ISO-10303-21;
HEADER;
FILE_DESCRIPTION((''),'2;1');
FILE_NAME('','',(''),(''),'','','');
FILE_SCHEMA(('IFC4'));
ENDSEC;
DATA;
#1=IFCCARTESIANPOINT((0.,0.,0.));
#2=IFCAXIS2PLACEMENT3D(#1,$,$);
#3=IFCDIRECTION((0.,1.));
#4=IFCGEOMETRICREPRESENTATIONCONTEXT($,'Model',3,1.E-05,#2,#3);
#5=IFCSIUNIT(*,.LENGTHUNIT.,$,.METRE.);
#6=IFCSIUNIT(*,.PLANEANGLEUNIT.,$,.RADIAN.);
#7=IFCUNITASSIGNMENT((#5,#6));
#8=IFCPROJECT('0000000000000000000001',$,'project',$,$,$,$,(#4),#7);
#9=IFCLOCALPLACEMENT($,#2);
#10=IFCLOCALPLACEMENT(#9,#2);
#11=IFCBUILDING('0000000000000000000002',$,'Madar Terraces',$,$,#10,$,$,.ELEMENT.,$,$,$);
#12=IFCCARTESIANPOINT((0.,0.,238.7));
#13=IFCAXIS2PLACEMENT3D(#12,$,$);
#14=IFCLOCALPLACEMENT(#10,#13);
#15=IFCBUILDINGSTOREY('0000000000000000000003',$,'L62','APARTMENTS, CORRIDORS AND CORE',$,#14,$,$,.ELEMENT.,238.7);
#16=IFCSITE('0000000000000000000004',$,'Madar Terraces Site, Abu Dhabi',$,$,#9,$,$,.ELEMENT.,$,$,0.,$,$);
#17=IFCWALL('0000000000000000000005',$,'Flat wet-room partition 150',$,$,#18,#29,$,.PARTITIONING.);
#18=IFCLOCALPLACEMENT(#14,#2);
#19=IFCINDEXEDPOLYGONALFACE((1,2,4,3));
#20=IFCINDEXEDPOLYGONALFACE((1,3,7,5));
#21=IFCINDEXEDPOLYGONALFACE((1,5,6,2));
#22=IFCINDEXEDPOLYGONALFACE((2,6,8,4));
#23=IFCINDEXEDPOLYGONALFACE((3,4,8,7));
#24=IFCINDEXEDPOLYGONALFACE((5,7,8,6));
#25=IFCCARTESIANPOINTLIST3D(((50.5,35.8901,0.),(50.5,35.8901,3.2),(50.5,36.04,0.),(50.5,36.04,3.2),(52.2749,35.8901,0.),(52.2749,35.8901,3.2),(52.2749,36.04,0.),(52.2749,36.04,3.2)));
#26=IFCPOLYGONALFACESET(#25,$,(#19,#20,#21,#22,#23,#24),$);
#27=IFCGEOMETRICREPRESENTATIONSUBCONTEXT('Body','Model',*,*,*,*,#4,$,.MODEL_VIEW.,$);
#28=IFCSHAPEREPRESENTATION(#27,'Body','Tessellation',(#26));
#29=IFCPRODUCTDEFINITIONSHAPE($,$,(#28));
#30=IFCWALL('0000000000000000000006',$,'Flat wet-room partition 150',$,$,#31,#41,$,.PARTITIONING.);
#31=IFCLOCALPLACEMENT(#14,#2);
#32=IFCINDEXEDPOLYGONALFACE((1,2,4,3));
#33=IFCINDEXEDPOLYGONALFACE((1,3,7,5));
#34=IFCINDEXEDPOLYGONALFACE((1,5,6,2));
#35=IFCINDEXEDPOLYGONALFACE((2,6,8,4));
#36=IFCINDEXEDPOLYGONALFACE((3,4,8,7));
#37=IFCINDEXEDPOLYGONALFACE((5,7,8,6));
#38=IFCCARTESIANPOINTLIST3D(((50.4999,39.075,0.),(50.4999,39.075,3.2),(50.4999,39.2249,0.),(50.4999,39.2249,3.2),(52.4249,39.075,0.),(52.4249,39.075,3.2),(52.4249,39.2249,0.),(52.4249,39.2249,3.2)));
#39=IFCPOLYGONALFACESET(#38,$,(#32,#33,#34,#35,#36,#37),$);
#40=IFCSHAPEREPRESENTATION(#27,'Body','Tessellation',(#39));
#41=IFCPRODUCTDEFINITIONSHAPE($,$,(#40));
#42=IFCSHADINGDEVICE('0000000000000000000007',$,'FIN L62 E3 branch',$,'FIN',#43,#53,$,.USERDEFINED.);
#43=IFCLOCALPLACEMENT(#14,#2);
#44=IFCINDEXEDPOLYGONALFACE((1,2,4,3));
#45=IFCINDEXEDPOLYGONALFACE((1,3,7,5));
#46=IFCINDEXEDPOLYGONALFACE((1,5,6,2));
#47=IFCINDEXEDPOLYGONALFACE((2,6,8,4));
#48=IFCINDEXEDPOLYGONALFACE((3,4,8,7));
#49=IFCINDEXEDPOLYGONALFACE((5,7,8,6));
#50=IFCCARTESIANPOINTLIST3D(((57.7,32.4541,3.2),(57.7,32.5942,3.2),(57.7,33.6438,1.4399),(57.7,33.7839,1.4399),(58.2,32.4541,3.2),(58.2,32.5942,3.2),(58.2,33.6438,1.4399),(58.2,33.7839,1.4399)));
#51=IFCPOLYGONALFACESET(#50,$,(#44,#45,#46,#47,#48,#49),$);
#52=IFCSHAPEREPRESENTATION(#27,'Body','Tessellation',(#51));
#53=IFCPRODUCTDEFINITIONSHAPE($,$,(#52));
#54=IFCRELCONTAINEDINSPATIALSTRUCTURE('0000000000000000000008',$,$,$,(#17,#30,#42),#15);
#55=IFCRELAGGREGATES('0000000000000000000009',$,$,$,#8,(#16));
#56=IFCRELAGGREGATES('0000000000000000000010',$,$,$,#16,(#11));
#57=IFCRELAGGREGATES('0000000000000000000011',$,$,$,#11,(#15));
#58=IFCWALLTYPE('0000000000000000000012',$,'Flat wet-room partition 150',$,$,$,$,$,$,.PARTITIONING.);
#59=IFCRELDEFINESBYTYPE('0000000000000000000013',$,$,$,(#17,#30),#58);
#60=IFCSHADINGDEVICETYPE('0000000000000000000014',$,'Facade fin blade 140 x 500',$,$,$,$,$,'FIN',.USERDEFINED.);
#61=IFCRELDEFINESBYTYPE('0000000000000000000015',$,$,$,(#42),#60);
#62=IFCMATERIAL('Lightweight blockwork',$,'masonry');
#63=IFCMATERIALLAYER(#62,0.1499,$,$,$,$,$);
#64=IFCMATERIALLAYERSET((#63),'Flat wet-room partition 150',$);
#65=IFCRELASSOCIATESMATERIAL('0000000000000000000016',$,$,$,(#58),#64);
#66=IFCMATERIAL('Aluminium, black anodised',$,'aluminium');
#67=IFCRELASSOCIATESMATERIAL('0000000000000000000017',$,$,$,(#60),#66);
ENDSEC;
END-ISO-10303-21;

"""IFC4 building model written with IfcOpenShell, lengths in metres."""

from ifc_helpers import new_model, si_unit, direction, frame, frame_2d, origin, place, context, subcontext, project, spatial, polyline, rectangle, outline, extrude, material, layer, layer_set, type_object, element, save


model = new_model("IFC4")

# Units and contexts
model_context = context("Model", 3, precision=1e-05, world=origin(), true_north=direction((0.0, 1.0)))
body_context = subcontext(model_context, "Body", "Model", "MODEL_VIEW")
ifc_project = project(units=[si_unit("LENGTHUNIT", "METRE"), si_unit("PLANEANGLEUNIT", "RADIAN")], contexts=[model_context])

# Site, building, storey
site_placement = place(None, origin())
site = spatial("IfcSite", under=ifc_project, at=site_placement, Name="Madar Terraces Site, Abu Dhabi", CompositionType="ELEMENT", RefElevation=0.0)
building_placement = place(site_placement, origin())
building = spatial("IfcBuilding", under=site, at=building_placement, Name="Madar Terraces", CompositionType="ELEMENT")
storey_placement = place(building_placement, frame((0.0, 0.0, 238.7)))
storey = spatial("IfcBuildingStorey", under=building, at=storey_placement, Name="L62", Description="APARTMENTS, CORRIDORS AND CORE", CompositionType="ELEMENT", Elevation=238.7)

# Walls
ifc_material_1 = material(Name="Lightweight blockwork", Category="masonry")
ifc_layer_1 = layer(ifc_material_1, 0.1499)
ifc_layer_set_1 = layer_set([ifc_layer_1], Name="Flat wet-room partition 150")
wall_type_1 = type_object("IfcWallType", Name="Flat wet-room partition 150", PredefinedType="PARTITIONING", material=ifc_layer_set_1)
wall_1_placement = place(storey_placement, frame((50.5, 35.9651, 0.0), z_axis=(0.0, 0.0, 1.0), x_axis=(1.0, 0.0, 0.0)))
element("IfcWall", 1, at=wall_1_placement, inside=storey, type_object=wall_type_1, Name="Flat wet-room partition 150", PredefinedType="PARTITIONING", context=body_context, shape_type="SweptSolid", body=[
    extrude(rectangle(XDim=1.7749, YDim=0.1499, at=frame_2d((0.8875, 0.0))), origin(), (0.0, 0.0, 1.0), 3.2),
])
wall_2_placement = place(storey_placement, frame((50.5, 39.1499, 0.0), z_axis=(0.0, 0.0, 1.0), x_axis=(1.0, 0.0, 0.0)))
element("IfcWall", 2, at=wall_2_placement, inside=storey, type_object=wall_type_1, Name="Flat wet-room partition 150", PredefinedType="PARTITIONING", context=body_context, shape_type="SweptSolid", body=[
    extrude(rectangle(XDim=1.925, YDim=0.1499, at=frame_2d((0.9624, 0.0))), origin(), (0.0, 0.0, 1.0), 3.2),
])

# Shading device
ifc_material_2 = material(Name="Aluminium, black anodised", Category="aluminium")
shading_device_type = type_object("IfcShadingDeviceType", Name="Facade fin blade 140 x 500", ElementType="FIN", PredefinedType="USERDEFINED", material=ifc_material_2)
shading_device_placement = place(storey_placement, frame((57.95, 33.6438, 1.4399), z_axis=(0.0, 0.0, 1.0), x_axis=(0.0, 1.0, 0.0)))
element("IfcShadingDevice", 3, at=shading_device_placement, inside=storey, type_object=shading_device_type, Name="FIN L62 E3 branch", ObjectType="FIN", PredefinedType="USERDEFINED", context=body_context, shape_type="SweptSolid", body=[
    extrude(outline(polyline([(0.0, 0.0), (0.1401, 0.0), (-1.0496, 1.76), (-1.1897, 1.76), (0.0, 0.0)])), frame((0.0, 0.25, 0.0), z_axis=(0.0, -1.0, 0.0), x_axis=(1.0, 0.0, 0.0)), (0.0, 0.0, 1.0), 0.5),
])

save(model, "model.ifc")
